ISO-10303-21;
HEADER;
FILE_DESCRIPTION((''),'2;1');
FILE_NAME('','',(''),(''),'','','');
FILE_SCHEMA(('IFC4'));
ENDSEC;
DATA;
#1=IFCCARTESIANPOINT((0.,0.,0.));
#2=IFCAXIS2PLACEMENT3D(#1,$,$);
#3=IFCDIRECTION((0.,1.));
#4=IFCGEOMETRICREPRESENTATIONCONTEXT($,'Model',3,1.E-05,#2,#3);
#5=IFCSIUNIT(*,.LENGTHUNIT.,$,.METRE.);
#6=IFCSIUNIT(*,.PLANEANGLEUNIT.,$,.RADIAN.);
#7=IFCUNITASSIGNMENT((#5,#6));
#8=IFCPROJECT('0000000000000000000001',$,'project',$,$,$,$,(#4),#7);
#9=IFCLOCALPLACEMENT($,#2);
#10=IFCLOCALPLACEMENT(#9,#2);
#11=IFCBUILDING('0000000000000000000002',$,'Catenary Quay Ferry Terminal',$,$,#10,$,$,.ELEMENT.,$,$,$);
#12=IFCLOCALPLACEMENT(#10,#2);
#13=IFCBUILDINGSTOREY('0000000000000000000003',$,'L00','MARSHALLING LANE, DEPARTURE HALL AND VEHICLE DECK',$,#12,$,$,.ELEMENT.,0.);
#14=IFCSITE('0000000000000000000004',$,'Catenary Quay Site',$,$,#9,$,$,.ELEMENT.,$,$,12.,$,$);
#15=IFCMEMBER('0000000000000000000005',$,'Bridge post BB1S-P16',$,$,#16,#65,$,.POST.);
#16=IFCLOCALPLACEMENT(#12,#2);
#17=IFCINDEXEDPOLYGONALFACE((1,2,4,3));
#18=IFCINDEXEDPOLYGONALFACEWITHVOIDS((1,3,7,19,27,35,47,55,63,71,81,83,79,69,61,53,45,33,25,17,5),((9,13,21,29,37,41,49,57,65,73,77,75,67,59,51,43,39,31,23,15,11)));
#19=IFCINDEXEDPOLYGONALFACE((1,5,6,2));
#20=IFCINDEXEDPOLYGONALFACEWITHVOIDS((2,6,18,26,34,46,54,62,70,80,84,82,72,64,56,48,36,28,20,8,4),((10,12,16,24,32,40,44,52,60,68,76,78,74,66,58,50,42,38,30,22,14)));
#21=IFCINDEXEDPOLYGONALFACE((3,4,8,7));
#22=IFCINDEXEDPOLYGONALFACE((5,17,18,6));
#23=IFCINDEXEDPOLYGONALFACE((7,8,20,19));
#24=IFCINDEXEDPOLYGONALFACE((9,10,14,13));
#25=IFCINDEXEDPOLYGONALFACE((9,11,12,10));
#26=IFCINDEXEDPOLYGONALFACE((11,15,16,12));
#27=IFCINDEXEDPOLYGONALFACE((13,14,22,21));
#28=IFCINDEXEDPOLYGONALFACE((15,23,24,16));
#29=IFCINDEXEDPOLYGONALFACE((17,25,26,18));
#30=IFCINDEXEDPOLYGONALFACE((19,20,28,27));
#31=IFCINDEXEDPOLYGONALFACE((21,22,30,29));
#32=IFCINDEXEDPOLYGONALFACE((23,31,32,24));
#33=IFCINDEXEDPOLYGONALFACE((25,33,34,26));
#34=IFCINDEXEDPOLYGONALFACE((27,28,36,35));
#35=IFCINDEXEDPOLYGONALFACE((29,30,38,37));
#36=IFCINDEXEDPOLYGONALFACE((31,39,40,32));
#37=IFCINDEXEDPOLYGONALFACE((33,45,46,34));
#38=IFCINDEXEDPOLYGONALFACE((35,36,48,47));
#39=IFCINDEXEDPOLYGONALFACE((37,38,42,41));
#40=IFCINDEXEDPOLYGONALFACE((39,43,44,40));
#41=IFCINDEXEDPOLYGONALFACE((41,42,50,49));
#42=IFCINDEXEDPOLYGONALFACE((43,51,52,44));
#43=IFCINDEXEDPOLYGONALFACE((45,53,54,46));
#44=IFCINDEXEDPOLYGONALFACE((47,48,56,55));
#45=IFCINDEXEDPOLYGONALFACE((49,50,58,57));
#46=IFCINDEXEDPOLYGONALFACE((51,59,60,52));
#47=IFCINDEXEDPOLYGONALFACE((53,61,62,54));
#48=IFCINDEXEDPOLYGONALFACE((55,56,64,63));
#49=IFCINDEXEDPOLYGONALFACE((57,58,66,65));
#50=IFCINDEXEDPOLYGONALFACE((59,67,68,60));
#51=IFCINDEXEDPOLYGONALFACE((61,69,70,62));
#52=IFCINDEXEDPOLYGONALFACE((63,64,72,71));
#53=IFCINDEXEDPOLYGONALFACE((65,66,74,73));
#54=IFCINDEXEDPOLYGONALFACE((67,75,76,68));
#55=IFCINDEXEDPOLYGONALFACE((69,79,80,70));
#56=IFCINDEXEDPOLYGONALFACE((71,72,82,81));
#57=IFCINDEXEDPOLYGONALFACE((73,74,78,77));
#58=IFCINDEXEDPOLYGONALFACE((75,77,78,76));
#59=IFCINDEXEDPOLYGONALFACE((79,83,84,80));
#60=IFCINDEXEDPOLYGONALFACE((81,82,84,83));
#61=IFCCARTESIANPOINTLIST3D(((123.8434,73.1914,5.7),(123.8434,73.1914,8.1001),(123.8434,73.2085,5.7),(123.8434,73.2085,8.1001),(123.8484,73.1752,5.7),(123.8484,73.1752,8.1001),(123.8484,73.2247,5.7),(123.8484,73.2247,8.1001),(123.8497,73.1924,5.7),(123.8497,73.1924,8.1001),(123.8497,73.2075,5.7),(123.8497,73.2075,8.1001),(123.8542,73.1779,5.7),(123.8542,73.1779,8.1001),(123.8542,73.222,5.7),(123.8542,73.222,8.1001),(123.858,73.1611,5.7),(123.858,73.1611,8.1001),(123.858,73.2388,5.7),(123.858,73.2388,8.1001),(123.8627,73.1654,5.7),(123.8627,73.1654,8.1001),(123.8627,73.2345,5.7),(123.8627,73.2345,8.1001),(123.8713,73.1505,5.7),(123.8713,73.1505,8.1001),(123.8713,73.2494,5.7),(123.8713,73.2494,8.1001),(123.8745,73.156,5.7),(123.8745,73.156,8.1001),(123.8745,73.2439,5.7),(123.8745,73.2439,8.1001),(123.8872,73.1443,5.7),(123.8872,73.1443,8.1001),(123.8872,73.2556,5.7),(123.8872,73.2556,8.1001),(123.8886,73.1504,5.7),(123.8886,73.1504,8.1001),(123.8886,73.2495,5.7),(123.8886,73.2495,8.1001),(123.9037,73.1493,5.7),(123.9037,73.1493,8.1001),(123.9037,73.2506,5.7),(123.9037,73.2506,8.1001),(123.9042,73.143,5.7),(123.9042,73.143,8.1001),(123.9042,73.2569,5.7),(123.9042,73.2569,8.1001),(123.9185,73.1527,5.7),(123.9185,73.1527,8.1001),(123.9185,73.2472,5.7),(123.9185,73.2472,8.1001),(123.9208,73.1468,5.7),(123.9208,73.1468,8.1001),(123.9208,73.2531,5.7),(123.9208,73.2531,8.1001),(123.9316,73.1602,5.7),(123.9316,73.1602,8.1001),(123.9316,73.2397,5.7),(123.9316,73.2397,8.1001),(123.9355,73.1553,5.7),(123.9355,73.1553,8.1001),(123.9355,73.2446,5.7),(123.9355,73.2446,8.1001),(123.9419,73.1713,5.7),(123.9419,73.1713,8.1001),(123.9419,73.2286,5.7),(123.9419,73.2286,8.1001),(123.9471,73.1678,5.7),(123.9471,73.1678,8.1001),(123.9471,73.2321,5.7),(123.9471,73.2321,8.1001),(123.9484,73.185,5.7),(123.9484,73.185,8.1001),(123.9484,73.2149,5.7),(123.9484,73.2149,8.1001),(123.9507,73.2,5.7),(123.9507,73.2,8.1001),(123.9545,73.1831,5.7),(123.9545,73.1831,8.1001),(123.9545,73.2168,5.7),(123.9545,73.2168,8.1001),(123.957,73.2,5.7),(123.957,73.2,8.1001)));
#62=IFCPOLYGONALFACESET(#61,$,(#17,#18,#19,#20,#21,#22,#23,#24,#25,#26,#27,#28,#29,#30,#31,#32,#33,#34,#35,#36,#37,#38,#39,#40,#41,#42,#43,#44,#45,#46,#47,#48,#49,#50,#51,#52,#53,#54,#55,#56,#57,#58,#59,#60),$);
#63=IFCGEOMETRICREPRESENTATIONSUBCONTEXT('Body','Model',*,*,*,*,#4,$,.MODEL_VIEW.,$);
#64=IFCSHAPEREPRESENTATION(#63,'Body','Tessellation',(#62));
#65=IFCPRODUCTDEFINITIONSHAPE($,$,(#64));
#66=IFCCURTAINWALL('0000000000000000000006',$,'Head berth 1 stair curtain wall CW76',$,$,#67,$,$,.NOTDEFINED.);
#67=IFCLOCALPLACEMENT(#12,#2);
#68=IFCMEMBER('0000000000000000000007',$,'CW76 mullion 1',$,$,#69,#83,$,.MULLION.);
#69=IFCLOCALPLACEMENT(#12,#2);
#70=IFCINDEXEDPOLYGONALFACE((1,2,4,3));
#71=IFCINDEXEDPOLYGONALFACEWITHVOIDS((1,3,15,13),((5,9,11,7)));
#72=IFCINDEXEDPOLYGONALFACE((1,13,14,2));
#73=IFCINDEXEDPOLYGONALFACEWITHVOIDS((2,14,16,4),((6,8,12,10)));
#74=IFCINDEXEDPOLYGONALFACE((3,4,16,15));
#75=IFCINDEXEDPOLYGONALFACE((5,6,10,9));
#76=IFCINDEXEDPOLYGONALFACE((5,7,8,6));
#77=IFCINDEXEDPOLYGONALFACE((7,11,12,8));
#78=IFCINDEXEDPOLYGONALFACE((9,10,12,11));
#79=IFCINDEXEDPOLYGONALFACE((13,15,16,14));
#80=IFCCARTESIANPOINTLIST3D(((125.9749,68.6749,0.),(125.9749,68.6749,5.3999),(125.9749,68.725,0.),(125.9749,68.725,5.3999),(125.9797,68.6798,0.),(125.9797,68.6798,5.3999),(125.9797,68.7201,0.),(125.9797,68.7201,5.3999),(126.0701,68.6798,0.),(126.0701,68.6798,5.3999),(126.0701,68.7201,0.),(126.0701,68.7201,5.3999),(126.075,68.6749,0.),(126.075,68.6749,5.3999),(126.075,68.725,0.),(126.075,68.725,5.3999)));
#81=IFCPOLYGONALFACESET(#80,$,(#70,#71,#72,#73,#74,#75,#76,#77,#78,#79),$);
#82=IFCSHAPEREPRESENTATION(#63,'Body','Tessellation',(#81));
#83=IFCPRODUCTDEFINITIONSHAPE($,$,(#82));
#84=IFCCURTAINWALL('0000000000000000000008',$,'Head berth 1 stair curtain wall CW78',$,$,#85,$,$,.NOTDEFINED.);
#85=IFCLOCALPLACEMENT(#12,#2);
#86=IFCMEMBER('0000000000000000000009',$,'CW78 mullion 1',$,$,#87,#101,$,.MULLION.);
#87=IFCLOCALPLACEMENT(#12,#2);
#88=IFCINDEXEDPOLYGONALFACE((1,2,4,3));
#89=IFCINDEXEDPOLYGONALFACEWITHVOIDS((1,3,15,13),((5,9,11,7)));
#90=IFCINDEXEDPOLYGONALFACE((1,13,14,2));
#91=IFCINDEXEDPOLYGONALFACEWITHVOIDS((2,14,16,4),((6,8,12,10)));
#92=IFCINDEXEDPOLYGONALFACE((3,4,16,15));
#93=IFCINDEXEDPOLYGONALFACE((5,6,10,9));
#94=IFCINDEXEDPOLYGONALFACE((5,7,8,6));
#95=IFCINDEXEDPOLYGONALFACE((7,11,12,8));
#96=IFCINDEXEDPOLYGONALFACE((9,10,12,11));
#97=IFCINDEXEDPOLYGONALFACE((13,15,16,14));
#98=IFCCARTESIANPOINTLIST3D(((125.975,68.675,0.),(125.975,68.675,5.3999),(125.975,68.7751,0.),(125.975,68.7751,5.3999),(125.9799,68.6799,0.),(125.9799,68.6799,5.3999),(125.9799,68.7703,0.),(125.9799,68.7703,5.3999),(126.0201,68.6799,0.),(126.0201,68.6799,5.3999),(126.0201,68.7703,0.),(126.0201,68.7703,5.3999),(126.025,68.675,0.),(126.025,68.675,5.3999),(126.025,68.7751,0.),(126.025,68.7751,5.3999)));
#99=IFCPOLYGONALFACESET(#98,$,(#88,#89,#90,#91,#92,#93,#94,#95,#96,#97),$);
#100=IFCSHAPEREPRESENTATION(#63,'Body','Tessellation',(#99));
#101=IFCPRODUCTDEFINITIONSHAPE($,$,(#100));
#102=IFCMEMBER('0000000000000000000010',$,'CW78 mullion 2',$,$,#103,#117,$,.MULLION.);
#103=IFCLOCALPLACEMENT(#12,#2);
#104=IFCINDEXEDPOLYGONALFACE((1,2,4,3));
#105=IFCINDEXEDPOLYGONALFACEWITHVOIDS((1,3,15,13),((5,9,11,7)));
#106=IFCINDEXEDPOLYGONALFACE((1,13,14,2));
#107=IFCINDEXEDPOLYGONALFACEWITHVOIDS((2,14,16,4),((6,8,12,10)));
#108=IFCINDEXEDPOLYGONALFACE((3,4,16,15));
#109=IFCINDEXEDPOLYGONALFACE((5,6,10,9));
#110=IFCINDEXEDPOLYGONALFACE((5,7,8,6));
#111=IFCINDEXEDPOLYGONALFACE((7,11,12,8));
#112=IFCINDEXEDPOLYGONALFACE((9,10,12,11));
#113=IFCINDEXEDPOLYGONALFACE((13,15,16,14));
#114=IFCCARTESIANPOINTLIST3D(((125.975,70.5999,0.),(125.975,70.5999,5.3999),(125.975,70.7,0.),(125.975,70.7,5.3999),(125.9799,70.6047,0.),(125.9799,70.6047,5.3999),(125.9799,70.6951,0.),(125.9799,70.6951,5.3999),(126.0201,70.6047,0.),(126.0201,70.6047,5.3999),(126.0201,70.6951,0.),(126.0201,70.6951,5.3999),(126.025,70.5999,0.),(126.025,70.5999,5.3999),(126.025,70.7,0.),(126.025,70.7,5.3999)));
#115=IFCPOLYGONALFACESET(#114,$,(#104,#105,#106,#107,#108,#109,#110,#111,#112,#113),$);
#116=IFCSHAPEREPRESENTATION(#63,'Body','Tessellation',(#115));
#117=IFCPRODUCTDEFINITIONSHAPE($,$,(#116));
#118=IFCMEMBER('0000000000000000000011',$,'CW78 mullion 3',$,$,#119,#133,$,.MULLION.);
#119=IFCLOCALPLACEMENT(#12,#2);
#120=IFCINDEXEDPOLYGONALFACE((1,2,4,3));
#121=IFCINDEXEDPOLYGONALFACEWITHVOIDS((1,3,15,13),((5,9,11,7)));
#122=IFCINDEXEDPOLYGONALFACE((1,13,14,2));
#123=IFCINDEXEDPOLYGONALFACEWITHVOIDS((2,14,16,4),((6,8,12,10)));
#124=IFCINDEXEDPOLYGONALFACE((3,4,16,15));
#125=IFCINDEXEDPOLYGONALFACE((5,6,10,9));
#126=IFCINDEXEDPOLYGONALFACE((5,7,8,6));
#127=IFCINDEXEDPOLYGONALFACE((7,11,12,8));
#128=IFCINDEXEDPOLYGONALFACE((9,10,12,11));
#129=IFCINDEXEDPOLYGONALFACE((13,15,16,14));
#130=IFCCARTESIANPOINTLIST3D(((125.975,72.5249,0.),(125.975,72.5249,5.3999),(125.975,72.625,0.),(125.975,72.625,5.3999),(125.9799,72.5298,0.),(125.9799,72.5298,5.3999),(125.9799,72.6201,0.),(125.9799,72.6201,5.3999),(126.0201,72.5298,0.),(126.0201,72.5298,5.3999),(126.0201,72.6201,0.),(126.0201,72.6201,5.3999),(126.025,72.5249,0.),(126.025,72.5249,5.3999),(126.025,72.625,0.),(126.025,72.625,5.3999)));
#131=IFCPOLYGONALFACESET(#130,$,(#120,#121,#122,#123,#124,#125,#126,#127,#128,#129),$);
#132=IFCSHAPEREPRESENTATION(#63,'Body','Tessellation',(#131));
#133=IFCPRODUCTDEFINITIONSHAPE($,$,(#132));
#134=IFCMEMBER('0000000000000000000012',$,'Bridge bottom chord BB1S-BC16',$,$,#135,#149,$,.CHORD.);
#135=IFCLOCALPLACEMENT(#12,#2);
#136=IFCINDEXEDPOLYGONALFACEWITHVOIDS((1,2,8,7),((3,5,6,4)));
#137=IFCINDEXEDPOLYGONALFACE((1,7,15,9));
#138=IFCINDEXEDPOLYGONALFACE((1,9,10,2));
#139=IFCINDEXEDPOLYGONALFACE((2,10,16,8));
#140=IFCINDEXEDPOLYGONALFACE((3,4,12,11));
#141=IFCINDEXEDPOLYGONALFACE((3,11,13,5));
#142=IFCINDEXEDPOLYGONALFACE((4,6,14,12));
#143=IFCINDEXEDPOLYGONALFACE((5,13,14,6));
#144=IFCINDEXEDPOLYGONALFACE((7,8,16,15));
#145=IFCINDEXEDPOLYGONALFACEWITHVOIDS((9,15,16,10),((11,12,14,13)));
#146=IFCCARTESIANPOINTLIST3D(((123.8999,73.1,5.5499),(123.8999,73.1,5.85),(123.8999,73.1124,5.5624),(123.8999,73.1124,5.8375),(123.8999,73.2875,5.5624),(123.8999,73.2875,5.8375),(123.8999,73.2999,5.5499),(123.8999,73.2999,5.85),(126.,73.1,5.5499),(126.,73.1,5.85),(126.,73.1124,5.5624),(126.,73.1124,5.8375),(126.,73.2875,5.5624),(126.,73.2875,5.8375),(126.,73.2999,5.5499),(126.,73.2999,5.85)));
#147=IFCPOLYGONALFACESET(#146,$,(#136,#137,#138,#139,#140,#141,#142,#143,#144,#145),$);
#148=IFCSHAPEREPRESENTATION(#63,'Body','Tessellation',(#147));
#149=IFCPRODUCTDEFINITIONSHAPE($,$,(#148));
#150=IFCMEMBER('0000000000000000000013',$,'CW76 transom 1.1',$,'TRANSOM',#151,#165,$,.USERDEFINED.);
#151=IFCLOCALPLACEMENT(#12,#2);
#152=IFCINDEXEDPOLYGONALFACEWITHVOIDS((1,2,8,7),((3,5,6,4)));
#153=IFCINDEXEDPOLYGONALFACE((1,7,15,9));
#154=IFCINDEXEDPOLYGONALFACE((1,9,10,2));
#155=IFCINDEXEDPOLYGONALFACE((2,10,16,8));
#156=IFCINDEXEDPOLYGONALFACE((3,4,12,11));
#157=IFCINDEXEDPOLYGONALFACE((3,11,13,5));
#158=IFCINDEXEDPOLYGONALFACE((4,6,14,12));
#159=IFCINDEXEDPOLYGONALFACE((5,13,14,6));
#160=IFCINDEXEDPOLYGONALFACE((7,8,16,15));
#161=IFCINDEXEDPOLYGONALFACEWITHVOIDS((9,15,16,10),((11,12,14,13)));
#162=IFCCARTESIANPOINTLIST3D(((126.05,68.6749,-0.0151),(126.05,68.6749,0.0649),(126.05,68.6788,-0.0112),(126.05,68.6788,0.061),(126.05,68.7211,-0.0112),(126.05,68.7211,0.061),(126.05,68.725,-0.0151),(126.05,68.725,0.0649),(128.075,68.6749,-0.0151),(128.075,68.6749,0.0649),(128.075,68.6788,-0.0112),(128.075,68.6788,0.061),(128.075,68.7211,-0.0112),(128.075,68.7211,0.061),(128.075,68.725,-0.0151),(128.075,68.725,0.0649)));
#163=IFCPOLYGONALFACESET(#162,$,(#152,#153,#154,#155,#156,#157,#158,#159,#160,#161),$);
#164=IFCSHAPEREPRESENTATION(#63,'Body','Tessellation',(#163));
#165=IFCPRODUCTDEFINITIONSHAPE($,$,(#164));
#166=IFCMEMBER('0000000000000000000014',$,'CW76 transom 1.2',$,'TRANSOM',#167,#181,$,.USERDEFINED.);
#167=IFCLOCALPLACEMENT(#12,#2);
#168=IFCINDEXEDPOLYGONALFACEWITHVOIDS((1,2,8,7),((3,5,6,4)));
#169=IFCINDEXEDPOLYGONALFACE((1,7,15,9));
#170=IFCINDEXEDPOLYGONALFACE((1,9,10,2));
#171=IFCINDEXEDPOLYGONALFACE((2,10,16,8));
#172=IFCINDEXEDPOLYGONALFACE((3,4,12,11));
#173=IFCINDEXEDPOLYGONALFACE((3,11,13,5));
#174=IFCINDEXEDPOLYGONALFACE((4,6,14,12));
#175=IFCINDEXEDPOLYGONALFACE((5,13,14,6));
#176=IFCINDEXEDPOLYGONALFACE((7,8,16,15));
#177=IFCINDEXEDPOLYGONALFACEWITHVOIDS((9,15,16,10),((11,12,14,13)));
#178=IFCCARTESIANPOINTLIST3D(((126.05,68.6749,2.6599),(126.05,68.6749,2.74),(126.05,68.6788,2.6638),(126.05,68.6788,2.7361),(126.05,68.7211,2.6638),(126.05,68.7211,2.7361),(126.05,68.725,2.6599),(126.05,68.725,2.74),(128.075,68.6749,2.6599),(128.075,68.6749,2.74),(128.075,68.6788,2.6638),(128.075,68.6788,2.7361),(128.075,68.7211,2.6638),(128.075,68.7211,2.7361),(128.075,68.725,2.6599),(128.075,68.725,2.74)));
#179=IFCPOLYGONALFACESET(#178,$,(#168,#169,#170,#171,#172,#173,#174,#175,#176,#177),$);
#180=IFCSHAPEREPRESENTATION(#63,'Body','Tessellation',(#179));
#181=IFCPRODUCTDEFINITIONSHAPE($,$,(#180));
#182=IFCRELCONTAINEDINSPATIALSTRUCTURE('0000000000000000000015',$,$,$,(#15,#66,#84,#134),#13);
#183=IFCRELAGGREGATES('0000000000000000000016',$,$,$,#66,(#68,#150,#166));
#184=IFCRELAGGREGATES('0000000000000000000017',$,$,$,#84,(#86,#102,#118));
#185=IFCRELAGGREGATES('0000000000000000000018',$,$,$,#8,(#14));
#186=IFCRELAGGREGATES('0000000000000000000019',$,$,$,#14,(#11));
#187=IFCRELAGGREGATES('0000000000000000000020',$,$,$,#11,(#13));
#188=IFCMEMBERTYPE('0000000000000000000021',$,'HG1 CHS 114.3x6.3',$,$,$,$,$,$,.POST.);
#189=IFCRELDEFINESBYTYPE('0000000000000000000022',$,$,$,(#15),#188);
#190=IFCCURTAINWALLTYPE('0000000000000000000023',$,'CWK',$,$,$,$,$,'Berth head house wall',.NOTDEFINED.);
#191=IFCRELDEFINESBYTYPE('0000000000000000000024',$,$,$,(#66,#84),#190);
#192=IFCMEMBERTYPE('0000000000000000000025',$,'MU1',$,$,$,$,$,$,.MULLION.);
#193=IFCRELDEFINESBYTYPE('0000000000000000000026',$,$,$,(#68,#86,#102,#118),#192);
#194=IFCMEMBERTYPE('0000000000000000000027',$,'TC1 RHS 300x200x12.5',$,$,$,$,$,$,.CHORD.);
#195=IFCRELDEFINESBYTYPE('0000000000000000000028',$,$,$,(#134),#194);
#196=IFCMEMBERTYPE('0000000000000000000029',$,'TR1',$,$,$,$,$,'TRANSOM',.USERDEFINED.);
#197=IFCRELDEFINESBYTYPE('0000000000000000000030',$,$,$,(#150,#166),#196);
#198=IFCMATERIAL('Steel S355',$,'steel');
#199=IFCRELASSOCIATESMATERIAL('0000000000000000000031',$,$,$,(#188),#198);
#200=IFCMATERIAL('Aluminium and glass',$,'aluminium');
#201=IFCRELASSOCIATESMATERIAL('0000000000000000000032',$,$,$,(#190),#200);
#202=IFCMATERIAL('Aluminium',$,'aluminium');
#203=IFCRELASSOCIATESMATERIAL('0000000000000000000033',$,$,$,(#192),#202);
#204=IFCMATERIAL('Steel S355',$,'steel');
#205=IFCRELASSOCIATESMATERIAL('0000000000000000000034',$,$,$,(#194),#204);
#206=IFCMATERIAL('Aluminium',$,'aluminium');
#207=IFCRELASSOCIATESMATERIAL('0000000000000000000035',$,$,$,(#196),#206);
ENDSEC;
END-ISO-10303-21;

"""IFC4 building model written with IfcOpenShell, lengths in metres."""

from ifc_helpers import new_model, si_unit, direction, frame, origin, origin_2d, place, context, subcontext, project, spatial, hollow_rectangle, hollow_circle, extrude, material, material_profile, profile_set, type_object, element, aggregate, save


model = new_model("IFC4")

# Units and contexts
model_context = context("Model", 3, precision=1e-05, world=origin(), true_north=direction((0.0, 1.0)))
body_context = subcontext(model_context, "Body", "Model", "MODEL_VIEW")
ifc_project = project(units=[si_unit("LENGTHUNIT", "METRE"), si_unit("PLANEANGLEUNIT", "RADIAN")], contexts=[model_context])

# Site, building, storey
site_placement = place(None, origin())
site = spatial("IfcSite", under=ifc_project, at=site_placement, Name="Catenary Quay Site", CompositionType="ELEMENT", RefElevation=12.0)
building_placement = place(site_placement, origin())
building = spatial("IfcBuilding", under=site, at=building_placement, Name="Catenary Quay Ferry Terminal", CompositionType="ELEMENT")
storey_placement = place(building_placement, origin())
storey = spatial("IfcBuildingStorey", under=building, at=storey_placement, Name="L00", Description="MARSHALLING LANE, DEPARTURE HALL AND VEHICLE DECK", CompositionType="ELEMENT", Elevation=0.0)

# Member
ifc_material_1 = material(Name="Steel S355", Category="steel")
ifc_material_profile_1 = material_profile(ifc_material_1, hollow_circle(Radius=0.0571, WallThickness=0.0063, at=origin_2d()), Name="CHS 114.3x6.3")
ifc_profile_set_1 = profile_set([ifc_material_profile_1], Name="Steel S355")
member_type_1 = type_object("IfcMemberType", Name="HG1 CHS 114.3x6.3", PredefinedType="POST", material=ifc_profile_set_1)
member_1_placement = place(storey_placement, frame((123.8999, 73.2, 5.7), z_axis=(0.0, 0.0, 1.0), x_axis=(1.0, 0.0, 0.0)))
element("IfcMember", 1, at=member_1_placement, inside=storey, type_object=member_type_1, Name="Bridge post BB1S-P16", PredefinedType="POST", context=body_context, shape_type="SweptSolid", body=[
    extrude(hollow_circle(Radius=0.0571, WallThickness=0.0063, at=origin_2d()), origin(), (0.0, 0.0, 1.0), 2.4001),
])

# Curtain wall, member
ifc_material_2 = material(Name="Aluminium and glass", Category="aluminium")
curtain_wall_type = type_object("IfcCurtainWallType", Name="CWK", ElementType="Berth head house wall", PredefinedType="NOTDEFINED", material=ifc_material_2)
curtain_wall_1_placement = place(storey_placement, origin())
curtain_wall_1 = element("IfcCurtainWall", 2, at=curtain_wall_1_placement, inside=storey, type_object=curtain_wall_type, Name="Head berth 1 stair curtain wall CW76", PredefinedType="NOTDEFINED")
ifc_material_3 = material(Name="Aluminium", Category="aluminium")
ifc_material_profile_2 = material_profile(ifc_material_3, hollow_rectangle(XDim=0.05, YDim=0.1001, WallThickness=0.0049, at=origin_2d()), Name="MU1")
ifc_profile_set_2 = profile_set([ifc_material_profile_2], Name="Aluminium")
member_type_2 = type_object("IfcMemberType", Name="MU1", PredefinedType="MULLION", material=ifc_profile_set_2)
member_2_placement = place(storey_placement, frame((126.0249, 68.7, 0.0), z_axis=(0.0, 0.0, 1.0), x_axis=(0.0, 1.0, 0.0)))
member_2 = element("IfcMember", 3, at=member_2_placement, type_object=member_type_2, Name="CW76 mullion 1", PredefinedType="MULLION", context=body_context, shape_type="SweptSolid", body=[
    extrude(hollow_rectangle(XDim=0.05, YDim=0.1001, WallThickness=0.0049, at=origin_2d()), origin(), (0.0, 0.0, 1.0), 5.3999),
])

# Curtain wall, members
curtain_wall_2_placement = place(storey_placement, origin())
curtain_wall_2 = element("IfcCurtainWall", 4, at=curtain_wall_2_placement, inside=storey, type_object=curtain_wall_type, Name="Head berth 1 stair curtain wall CW78", PredefinedType="NOTDEFINED")
member_3_placement = place(storey_placement, frame((126.0, 68.7251, 0.0), z_axis=(0.0, 0.0, 1.0), x_axis=(-1.0, 0.0, 0.0)))
member_3 = element("IfcMember", 5, at=member_3_placement, type_object=member_type_2, Name="CW78 mullion 1", PredefinedType="MULLION", context=body_context, shape_type="SweptSolid", body=[
    extrude(hollow_rectangle(XDim=0.05, YDim=0.1001, WallThickness=0.0049, at=origin_2d()), origin(), (0.0, 0.0, 1.0), 5.3999),
])
member_4_placement = place(storey_placement, frame((126.0, 70.6499, 0.0), z_axis=(0.0, 0.0, 1.0), x_axis=(-1.0, 0.0, 0.0)))
member_4 = element("IfcMember", 6, at=member_4_placement, type_object=member_type_2, Name="CW78 mullion 2", PredefinedType="MULLION", context=body_context, shape_type="SweptSolid", body=[
    extrude(hollow_rectangle(XDim=0.05, YDim=0.1001, WallThickness=0.0049, at=origin_2d()), origin(), (0.0, 0.0, 1.0), 5.3999),
])
member_5_placement = place(storey_placement, frame((126.0, 72.575, 0.0), z_axis=(0.0, 0.0, 1.0), x_axis=(-1.0, 0.0, 0.0)))
member_5 = element("IfcMember", 7, at=member_5_placement, type_object=member_type_2, Name="CW78 mullion 3", PredefinedType="MULLION", context=body_context, shape_type="SweptSolid", body=[
    extrude(hollow_rectangle(XDim=0.05, YDim=0.1001, WallThickness=0.0049, at=origin_2d()), origin(), (0.0, 0.0, 1.0), 5.3999),
])

# Members
ifc_material_4 = material(Name="Steel S355", Category="steel")
ifc_material_profile_3 = material_profile(ifc_material_4, hollow_rectangle(XDim=0.2, YDim=0.3, WallThickness=0.0125, at=origin_2d()), Name="RHS 300x200x12.5")
ifc_profile_set_3 = profile_set([ifc_material_profile_3], Name="Steel S355")
member_type_3 = type_object("IfcMemberType", Name="TC1 RHS 300x200x12.5", PredefinedType="CHORD", material=ifc_profile_set_3)
member_6_placement = place(storey_placement, frame((123.8999, 73.2, 5.7), z_axis=(1.0, 0.0, 0.0), x_axis=(0.0, 1.0, 0.0)))
element("IfcMember", 8, at=member_6_placement, inside=storey, type_object=member_type_3, Name="Bridge bottom chord BB1S-BC16", PredefinedType="CHORD", context=body_context, shape_type="SweptSolid", body=[
    extrude(hollow_rectangle(XDim=0.2, YDim=0.3, WallThickness=0.0125, at=origin_2d()), origin(), (0.0, 0.0, 1.0), 2.1001),
])
ifc_material_5 = material(Name="Aluminium", Category="aluminium")
ifc_material_profile_4 = material_profile(ifc_material_5, hollow_rectangle(XDim=0.05, YDim=0.0801, WallThickness=0.0039, at=origin_2d()), Name="TR1")
ifc_profile_set_4 = profile_set([ifc_material_profile_4], Name="Aluminium")
member_type_4 = type_object("IfcMemberType", Name="TR1", ElementType="TRANSOM", PredefinedType="USERDEFINED", material=ifc_profile_set_4)
member_7_placement = place(storey_placement, frame((126.05, 68.7, 0.0249), z_axis=(1.0, 0.0, 0.0), x_axis=(0.0, 1.0, 0.0)))
member_7 = element("IfcMember", 9, at=member_7_placement, type_object=member_type_4, Name="CW76 transom 1.1", ObjectType="TRANSOM", PredefinedType="USERDEFINED", context=body_context, shape_type="SweptSolid", body=[
    extrude(hollow_rectangle(XDim=0.05, YDim=0.0801, WallThickness=0.0039, at=origin_2d()), origin(), (0.0, 0.0, 1.0), 2.0249),
])
member_8_placement = place(storey_placement, frame((126.05, 68.7, 2.7), z_axis=(1.0, 0.0, 0.0), x_axis=(0.0, 1.0, 0.0)))
member_8 = element("IfcMember", 10, at=member_8_placement, type_object=member_type_4, Name="CW76 transom 1.2", ObjectType="TRANSOM", PredefinedType="USERDEFINED", context=body_context, shape_type="SweptSolid", body=[
    extrude(hollow_rectangle(XDim=0.05, YDim=0.0801, WallThickness=0.0039, at=origin_2d()), origin(), (0.0, 0.0, 1.0), 2.0249),
])
aggregate(curtain_wall_1, [member_2, member_7, member_8])

aggregate(curtain_wall_2, [member_3, member_4, member_5])

save(model, "model.ifc")
